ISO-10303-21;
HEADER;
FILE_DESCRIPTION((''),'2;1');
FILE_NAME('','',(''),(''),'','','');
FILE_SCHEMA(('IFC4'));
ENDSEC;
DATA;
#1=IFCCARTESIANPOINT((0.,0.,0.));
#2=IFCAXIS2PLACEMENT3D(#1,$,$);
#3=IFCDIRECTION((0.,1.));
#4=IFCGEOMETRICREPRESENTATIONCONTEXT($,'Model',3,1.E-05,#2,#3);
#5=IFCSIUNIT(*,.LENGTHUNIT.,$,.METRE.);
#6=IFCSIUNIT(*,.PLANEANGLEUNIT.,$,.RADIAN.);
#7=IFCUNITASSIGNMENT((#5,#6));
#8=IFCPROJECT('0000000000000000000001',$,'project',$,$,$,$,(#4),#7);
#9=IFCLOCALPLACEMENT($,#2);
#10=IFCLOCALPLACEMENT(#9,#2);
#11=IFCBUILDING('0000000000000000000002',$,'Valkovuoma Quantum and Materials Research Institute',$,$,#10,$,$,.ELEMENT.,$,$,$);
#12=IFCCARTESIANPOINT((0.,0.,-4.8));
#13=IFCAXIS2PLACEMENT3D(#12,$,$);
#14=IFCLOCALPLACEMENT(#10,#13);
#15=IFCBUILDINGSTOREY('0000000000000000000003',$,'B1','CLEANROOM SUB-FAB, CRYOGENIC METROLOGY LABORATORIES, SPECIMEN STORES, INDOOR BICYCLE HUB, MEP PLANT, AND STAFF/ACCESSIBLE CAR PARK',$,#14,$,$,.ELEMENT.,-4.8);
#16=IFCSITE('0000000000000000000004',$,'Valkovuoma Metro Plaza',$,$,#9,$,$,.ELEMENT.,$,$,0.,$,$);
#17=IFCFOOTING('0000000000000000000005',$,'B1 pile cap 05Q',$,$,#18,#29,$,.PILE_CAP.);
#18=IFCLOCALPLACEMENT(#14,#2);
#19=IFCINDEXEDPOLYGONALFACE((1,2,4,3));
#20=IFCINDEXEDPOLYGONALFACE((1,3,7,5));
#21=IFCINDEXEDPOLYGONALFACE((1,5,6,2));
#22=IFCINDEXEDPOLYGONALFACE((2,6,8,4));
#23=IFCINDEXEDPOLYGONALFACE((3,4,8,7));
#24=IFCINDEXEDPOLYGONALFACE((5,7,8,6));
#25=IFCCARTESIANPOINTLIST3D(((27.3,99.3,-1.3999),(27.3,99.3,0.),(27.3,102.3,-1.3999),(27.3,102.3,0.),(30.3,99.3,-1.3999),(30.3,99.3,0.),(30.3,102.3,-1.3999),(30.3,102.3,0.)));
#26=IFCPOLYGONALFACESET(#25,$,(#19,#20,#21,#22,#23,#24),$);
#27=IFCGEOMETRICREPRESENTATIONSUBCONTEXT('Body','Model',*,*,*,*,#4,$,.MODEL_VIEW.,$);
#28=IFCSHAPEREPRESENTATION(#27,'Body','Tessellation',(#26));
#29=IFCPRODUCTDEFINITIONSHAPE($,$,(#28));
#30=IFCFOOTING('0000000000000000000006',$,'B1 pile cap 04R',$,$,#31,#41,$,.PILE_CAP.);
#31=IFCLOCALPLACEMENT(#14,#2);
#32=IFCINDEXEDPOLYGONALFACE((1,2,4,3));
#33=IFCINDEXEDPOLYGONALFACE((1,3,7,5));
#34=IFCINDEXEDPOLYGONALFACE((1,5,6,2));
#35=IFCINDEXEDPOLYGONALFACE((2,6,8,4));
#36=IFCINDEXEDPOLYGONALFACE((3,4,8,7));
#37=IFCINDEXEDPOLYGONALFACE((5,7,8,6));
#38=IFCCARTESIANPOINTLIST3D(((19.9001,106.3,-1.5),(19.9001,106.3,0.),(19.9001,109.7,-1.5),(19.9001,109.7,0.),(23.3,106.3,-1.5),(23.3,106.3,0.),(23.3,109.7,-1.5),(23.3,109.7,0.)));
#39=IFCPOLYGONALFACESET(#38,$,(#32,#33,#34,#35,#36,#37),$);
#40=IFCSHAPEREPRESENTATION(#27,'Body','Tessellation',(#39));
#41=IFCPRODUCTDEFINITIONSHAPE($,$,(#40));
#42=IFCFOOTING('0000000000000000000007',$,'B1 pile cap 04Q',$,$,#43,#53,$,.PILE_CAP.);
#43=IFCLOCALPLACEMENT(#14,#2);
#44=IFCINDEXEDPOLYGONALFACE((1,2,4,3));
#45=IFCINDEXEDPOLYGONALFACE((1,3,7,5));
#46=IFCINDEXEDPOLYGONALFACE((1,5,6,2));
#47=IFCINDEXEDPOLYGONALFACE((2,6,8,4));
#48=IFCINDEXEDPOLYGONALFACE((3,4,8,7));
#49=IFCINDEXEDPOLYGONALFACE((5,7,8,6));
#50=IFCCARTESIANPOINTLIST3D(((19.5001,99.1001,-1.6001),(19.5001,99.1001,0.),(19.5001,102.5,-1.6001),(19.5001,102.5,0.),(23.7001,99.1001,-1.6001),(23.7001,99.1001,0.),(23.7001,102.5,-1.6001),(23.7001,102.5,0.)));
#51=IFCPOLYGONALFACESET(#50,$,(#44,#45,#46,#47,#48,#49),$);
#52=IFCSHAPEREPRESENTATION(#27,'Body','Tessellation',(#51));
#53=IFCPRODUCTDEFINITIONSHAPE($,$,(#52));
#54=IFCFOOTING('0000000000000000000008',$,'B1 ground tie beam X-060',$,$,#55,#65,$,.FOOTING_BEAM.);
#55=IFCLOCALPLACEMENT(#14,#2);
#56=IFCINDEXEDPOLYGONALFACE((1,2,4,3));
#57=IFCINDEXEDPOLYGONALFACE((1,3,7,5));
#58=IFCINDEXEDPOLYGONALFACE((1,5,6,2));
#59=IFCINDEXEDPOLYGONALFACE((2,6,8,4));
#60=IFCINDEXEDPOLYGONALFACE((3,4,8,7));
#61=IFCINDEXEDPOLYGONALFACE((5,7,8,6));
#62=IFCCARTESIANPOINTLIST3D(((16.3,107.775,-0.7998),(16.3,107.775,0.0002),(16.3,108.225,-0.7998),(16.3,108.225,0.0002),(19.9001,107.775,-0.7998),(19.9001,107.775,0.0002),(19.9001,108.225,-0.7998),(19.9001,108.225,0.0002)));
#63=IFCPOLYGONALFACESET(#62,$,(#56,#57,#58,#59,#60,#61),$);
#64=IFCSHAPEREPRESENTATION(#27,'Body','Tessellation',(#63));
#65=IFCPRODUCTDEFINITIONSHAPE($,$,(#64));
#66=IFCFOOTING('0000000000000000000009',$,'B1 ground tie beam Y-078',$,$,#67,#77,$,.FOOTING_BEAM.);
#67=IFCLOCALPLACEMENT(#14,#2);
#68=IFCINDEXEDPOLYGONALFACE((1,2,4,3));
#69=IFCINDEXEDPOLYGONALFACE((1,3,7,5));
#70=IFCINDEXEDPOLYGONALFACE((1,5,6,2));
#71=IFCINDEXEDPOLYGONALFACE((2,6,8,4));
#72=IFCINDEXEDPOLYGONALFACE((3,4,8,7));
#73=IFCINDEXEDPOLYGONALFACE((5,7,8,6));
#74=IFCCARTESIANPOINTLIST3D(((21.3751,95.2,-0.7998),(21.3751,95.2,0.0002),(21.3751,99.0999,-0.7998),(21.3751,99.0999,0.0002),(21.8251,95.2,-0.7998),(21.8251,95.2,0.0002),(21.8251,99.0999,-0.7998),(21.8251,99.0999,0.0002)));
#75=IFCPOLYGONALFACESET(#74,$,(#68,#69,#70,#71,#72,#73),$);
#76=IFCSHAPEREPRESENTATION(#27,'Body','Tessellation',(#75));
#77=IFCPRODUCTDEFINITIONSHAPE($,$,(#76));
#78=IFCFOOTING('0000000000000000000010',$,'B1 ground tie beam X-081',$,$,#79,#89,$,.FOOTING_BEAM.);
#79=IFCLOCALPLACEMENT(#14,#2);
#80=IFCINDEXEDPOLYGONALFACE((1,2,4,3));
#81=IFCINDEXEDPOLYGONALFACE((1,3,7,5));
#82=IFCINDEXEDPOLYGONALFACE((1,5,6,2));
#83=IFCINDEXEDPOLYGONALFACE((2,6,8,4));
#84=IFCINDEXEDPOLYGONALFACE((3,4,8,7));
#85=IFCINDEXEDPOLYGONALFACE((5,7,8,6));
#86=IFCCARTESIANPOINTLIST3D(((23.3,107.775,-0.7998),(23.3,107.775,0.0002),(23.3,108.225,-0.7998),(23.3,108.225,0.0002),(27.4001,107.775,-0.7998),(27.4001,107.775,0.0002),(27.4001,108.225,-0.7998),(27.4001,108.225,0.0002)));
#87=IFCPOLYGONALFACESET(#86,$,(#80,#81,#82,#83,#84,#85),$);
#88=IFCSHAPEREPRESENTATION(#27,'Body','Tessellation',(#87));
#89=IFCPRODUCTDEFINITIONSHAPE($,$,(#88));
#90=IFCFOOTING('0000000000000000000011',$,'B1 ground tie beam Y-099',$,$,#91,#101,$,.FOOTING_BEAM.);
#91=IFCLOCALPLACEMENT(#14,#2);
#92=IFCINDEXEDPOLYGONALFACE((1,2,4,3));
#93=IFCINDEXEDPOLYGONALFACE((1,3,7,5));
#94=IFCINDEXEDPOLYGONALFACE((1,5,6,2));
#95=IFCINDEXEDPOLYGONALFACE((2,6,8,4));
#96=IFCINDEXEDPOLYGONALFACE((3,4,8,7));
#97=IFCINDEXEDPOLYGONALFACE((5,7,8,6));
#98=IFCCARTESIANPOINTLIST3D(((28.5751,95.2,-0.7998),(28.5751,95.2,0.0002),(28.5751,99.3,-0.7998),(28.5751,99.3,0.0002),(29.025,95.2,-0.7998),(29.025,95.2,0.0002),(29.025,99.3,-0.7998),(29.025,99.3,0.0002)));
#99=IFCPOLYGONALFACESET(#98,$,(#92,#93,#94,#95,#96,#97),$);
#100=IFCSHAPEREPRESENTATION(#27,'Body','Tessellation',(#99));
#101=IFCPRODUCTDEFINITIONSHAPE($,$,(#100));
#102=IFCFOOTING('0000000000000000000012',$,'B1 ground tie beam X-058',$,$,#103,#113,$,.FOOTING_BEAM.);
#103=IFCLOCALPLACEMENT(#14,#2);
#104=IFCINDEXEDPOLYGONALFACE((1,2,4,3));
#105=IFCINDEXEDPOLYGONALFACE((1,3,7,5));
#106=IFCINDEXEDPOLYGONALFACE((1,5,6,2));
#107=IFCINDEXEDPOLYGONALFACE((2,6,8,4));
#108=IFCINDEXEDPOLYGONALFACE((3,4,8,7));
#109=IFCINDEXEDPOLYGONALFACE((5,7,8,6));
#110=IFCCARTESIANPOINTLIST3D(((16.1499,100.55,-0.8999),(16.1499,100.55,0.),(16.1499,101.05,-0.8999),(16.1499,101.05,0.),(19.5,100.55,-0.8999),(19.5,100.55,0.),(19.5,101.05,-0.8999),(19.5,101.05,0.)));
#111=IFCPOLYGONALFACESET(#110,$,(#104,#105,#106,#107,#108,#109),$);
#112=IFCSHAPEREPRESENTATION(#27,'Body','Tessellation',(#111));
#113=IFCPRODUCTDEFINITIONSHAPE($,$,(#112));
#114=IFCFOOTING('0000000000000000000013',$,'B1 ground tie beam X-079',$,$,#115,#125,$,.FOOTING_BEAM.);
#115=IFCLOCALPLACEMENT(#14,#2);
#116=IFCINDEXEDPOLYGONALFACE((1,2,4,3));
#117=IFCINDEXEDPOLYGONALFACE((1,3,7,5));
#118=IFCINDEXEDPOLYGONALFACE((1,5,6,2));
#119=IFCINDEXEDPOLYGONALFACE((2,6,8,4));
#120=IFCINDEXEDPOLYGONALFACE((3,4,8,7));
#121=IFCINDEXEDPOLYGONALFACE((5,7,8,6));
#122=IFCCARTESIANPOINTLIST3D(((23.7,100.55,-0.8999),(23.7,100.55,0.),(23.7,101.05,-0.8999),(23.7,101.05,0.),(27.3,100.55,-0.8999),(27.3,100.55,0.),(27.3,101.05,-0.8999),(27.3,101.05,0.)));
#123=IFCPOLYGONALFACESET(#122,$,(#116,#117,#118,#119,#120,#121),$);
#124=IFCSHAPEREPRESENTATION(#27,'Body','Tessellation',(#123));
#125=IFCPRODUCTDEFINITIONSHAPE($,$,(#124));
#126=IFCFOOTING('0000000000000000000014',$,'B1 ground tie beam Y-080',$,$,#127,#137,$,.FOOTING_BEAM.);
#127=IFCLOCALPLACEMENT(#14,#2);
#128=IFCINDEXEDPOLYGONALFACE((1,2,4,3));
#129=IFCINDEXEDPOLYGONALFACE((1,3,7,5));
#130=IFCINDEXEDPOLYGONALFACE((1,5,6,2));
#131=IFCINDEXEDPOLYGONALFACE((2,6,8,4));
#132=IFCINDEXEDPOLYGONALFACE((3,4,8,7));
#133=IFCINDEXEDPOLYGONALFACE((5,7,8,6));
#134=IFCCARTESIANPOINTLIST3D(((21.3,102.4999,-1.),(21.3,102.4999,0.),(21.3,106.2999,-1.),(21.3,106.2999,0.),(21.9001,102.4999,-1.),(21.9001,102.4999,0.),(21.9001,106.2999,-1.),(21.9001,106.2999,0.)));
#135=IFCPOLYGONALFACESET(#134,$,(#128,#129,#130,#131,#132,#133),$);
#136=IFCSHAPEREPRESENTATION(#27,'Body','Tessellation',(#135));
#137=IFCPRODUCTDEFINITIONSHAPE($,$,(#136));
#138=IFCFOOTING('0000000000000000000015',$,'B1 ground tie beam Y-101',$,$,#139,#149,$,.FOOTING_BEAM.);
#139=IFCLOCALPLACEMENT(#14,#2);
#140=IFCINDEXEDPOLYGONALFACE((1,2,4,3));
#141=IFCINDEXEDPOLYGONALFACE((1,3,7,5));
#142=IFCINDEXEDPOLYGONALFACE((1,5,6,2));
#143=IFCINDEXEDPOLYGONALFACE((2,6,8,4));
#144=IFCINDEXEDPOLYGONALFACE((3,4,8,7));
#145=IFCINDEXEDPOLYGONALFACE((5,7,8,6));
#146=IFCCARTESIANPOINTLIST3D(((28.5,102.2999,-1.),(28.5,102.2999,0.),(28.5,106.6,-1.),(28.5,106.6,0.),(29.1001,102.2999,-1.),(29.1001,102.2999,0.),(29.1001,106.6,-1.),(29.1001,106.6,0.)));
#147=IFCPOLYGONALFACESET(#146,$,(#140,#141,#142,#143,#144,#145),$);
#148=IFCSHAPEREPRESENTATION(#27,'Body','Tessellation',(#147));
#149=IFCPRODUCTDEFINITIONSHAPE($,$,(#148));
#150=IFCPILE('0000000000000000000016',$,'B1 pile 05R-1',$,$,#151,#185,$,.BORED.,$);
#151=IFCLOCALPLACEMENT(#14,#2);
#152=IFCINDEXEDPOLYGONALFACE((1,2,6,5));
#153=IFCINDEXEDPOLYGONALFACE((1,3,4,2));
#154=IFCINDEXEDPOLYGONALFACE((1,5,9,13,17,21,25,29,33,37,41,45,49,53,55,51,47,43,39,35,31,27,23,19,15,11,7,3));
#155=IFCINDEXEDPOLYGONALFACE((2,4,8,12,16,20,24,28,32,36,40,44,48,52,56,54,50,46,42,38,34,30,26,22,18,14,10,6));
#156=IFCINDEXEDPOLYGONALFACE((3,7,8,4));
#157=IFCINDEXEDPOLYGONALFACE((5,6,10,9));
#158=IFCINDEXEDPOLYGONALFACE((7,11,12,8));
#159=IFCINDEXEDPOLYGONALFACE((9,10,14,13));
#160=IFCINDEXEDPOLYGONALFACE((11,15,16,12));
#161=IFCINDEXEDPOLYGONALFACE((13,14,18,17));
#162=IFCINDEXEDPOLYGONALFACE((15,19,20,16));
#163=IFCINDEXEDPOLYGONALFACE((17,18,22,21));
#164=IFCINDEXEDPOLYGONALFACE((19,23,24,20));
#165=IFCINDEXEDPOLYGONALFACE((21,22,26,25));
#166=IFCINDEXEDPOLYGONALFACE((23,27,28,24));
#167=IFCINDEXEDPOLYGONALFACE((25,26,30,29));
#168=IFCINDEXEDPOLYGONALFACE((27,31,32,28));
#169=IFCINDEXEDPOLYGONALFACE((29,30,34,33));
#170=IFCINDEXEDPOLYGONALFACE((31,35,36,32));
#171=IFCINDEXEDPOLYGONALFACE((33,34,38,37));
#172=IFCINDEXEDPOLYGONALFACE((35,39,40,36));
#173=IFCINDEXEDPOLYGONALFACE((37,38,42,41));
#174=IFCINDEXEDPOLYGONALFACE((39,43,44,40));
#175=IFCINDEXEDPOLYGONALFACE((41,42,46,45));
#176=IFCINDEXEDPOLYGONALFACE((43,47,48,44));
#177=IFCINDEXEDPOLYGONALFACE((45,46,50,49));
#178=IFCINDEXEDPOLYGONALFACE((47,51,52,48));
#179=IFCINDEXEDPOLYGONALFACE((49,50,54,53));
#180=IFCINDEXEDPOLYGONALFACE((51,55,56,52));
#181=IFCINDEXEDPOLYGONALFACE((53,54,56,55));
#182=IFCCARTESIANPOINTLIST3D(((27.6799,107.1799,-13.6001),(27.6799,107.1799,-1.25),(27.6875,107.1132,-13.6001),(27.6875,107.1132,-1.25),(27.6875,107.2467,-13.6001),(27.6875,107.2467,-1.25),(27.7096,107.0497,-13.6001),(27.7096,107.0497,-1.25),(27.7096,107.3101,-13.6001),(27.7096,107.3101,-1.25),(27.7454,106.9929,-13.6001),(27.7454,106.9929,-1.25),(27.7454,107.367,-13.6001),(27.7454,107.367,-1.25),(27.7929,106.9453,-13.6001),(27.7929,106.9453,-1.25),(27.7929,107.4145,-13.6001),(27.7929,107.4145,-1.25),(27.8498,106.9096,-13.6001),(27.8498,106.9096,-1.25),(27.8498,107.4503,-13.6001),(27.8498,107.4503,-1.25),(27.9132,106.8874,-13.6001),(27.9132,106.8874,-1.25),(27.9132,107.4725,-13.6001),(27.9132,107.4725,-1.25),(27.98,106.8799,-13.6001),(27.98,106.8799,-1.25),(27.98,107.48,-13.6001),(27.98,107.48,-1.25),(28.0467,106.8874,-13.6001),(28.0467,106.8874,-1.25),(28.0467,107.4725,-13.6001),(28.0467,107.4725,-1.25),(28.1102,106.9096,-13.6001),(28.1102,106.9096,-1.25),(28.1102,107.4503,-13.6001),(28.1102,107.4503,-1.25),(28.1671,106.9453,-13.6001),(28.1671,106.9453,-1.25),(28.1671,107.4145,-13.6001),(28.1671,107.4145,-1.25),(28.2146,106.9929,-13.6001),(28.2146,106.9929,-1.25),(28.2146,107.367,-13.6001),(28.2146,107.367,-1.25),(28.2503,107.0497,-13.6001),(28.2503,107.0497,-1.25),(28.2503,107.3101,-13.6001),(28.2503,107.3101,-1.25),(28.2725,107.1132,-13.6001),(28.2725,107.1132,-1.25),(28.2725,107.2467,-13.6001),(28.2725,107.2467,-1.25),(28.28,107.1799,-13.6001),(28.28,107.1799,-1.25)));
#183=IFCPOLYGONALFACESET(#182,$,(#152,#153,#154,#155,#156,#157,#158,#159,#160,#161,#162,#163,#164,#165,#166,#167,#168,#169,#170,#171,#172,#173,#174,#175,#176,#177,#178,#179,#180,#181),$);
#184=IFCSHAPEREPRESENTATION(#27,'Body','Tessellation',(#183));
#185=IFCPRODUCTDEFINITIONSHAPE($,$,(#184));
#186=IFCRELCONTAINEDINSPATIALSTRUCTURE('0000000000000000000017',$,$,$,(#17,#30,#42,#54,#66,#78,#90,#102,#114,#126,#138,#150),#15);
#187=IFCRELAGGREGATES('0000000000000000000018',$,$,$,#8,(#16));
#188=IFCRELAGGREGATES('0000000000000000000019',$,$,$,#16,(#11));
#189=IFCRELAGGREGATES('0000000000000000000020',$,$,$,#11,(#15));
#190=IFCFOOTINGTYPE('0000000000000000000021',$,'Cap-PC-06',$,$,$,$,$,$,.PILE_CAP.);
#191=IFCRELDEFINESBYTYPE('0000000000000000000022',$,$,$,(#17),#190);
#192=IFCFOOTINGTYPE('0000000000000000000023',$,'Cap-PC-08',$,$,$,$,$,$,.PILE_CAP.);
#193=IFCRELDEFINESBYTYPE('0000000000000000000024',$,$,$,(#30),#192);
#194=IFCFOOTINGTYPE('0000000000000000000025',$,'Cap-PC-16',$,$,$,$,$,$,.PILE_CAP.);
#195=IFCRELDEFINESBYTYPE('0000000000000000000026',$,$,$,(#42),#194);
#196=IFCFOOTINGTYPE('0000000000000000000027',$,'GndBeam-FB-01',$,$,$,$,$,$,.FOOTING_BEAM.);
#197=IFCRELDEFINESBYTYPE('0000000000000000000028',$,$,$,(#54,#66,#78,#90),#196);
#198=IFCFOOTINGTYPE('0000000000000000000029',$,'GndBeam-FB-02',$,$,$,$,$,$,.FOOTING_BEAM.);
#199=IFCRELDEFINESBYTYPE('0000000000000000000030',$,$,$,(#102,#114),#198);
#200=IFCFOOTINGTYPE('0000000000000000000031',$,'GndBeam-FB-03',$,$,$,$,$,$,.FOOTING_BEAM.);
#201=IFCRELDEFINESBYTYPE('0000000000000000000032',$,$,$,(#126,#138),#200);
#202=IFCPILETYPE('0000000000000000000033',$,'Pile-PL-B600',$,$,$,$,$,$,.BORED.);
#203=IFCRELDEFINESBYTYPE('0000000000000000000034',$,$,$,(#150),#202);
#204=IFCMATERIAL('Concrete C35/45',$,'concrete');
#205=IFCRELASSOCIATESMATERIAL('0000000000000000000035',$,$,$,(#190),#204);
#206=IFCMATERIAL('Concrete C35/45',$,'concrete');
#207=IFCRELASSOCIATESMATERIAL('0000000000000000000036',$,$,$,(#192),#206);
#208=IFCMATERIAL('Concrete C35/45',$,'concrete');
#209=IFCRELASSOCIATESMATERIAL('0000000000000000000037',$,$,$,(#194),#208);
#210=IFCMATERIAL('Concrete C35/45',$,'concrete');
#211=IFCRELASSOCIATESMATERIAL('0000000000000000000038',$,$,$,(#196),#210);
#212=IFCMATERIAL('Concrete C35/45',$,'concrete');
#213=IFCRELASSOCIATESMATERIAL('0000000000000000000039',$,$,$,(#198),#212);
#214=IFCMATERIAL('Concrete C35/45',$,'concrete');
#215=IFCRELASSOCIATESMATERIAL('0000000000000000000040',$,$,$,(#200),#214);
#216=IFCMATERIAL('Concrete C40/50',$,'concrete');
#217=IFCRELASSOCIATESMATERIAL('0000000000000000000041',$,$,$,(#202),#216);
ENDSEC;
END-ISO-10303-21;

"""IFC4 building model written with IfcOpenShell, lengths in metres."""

from ifc_helpers import new_model, si_unit, direction, frame, origin, origin_2d, place, context, subcontext, project, spatial, rectangle, circle, extrude, material, material_profile, profile_set, type_object, element, save


model = new_model("IFC4")

# Units and contexts
model_context = context("Model", 3, precision=1e-05, world=origin(), true_north=direction((0.0, 1.0)))
body_context = subcontext(model_context, "Body", "Model", "MODEL_VIEW")
ifc_project = project(units=[si_unit("LENGTHUNIT", "METRE"), si_unit("PLANEANGLEUNIT", "RADIAN")], contexts=[model_context])

# Site, building, storey
site_placement = place(None, origin())
site = spatial("IfcSite", under=ifc_project, at=site_placement, Name="Valkovuoma Metro Plaza", CompositionType="ELEMENT", RefElevation=0.0)
building_placement = place(site_placement, origin())
building = spatial("IfcBuilding", under=site, at=building_placement, Name="Valkovuoma Quantum and Materials Research Institute", CompositionType="ELEMENT")
storey_placement = place(building_placement, frame((0.0, 0.0, -4.8)))
storey = spatial("IfcBuildingStorey", under=building, at=storey_placement, Name="B1", Description="CLEANROOM SUB-FAB, CRYOGENIC METROLOGY LABORATORIES, SPECIMEN STORES, INDOOR BICYCLE HUB, MEP PLANT, AND STAFF/ACCESSIBLE CAR PARK", CompositionType="ELEMENT", Elevation=-4.8)

# Footings
ifc_material_1 = material(Name="Concrete C35/45", Category="concrete")
footing_type_1 = type_object("IfcFootingType", Name="Cap-PC-06", PredefinedType="PILE_CAP", material=ifc_material_1)
footing_1_placement = place(storey_placement, frame((28.8, 100.8, -1.3999), z_axis=(0.0, 0.0, 1.0), x_axis=(1.0, 0.0, 0.0)))
element("IfcFooting", 1, at=footing_1_placement, inside=storey, type_object=footing_type_1, Name="B1 pile cap 05Q", PredefinedType="PILE_CAP", context=body_context, shape_type="SweptSolid", body=[
    extrude(rectangle(XDim=3.0, YDim=3.0, at=origin_2d()), origin(), (0.0, 0.0, 1.0), 1.3999),
])
ifc_material_2 = material(Name="Concrete C35/45", Category="concrete")
footing_type_2 = type_object("IfcFootingType", Name="Cap-PC-08", PredefinedType="PILE_CAP", material=ifc_material_2)
footing_2_placement = place(storey_placement, frame((21.6001, 108.0, -1.5), z_axis=(0.0, 0.0, 1.0), x_axis=(1.0, 0.0, 0.0)))
element("IfcFooting", 2, at=footing_2_placement, inside=storey, type_object=footing_type_2, Name="B1 pile cap 04R", PredefinedType="PILE_CAP", context=body_context, shape_type="SweptSolid", body=[
    extrude(rectangle(XDim=3.3999, YDim=3.3999, at=origin_2d()), origin(), (0.0, 0.0, 1.0), 1.5),
])
ifc_material_3 = material(Name="Concrete C35/45", Category="concrete")
footing_type_3 = type_object("IfcFootingType", Name="Cap-PC-16", PredefinedType="PILE_CAP", material=ifc_material_3)
footing_3_placement = place(storey_placement, frame((21.6001, 100.8, -1.6001), z_axis=(0.0, 0.0, 1.0), x_axis=(1.0, 0.0, 0.0)))
element("IfcFooting", 3, at=footing_3_placement, inside=storey, type_object=footing_type_3, Name="B1 pile cap 04Q", PredefinedType="PILE_CAP", context=body_context, shape_type="SweptSolid", body=[
    extrude(rectangle(XDim=4.2, YDim=3.3999, at=origin_2d()), origin(), (0.0, 0.0, 1.0), 1.6001),
])
ifc_material_4 = material(Name="Concrete C35/45", Category="concrete")
footing_type_4 = type_object("IfcFootingType", Name="GndBeam-FB-01", PredefinedType="FOOTING_BEAM", material=ifc_material_4)
footing_4_placement = place(storey_placement, frame((18.1001, 108.0, -0.7998), z_axis=(0.0, 0.0, 1.0), x_axis=(1.0, 0.0, 0.0)))
element("IfcFooting", 4, at=footing_4_placement, inside=storey, type_object=footing_type_4, Name="B1 ground tie beam X-060", PredefinedType="FOOTING_BEAM", context=body_context, shape_type="SweptSolid", body=[
    extrude(rectangle(XDim=3.6001, YDim=0.45, at=origin_2d()), origin(), (0.0, 0.0, 1.0), 0.8),
])
footing_5_placement = place(storey_placement, frame((21.6001, 97.1499, -0.7998), z_axis=(0.0, 0.0, 1.0), x_axis=(0.0, 1.0, 0.0)))
element("IfcFooting", 5, at=footing_5_placement, inside=storey, type_object=footing_type_4, Name="B1 ground tie beam Y-078", PredefinedType="FOOTING_BEAM", context=body_context, shape_type="SweptSolid", body=[
    extrude(rectangle(XDim=3.8999, YDim=0.45, at=origin_2d()), origin(), (0.0, 0.0, 1.0), 0.8),
])
for number, where, z_axis, x_axis, name in (
    (6, (25.3501, 108.0, -0.7998), (0.0, 0.0, 1.0), (1.0, 0.0, 0.0), "B1 ground tie beam X-081"),
    (7, (28.8, 97.25, -0.7998), (0.0, 0.0, 1.0), (0.0, 1.0, 0.0), "B1 ground tie beam Y-099"),
):
    element("IfcFooting", number, at=place(storey_placement, frame(where, z_axis=z_axis, x_axis=x_axis)), inside=storey, type_object=footing_type_4, Name=name, PredefinedType="FOOTING_BEAM", context=body_context, shape_type="SweptSolid", body=[
        extrude(rectangle(XDim=4.1001, YDim=0.45, at=origin_2d()), origin(), (0.0, 0.0, 1.0), 0.8),
    ])
ifc_material_5 = material(Name="Concrete C35/45", Category="concrete")
footing_type_5 = type_object("IfcFootingType", Name="GndBeam-FB-02", PredefinedType="FOOTING_BEAM", material=ifc_material_5)
footing_6_placement = place(storey_placement, frame((17.825, 100.8, -0.8999), z_axis=(0.0, 0.0, 1.0), x_axis=(1.0, 0.0, 0.0)))
element("IfcFooting", 8, at=footing_6_placement, inside=storey, type_object=footing_type_5, Name="B1 ground tie beam X-058", PredefinedType="FOOTING_BEAM", context=body_context, shape_type="SweptSolid", body=[
    extrude(rectangle(XDim=3.3501, YDim=0.5, at=origin_2d()), origin(), (0.0, 0.0, 1.0), 0.8999),
])
footing_7_placement = place(storey_placement, frame((25.5, 100.8, -0.8999), z_axis=(0.0, 0.0, 1.0), x_axis=(1.0, 0.0, 0.0)))
element("IfcFooting", 9, at=footing_7_placement, inside=storey, type_object=footing_type_5, Name="B1 ground tie beam X-079", PredefinedType="FOOTING_BEAM", context=body_context, shape_type="SweptSolid", body=[
    extrude(rectangle(XDim=3.6001, YDim=0.5, at=origin_2d()), origin(), (0.0, 0.0, 1.0), 0.8999),
])
ifc_material_6 = material(Name="Concrete C35/45", Category="concrete")
footing_type_6 = type_object("IfcFootingType", Name="GndBeam-FB-03", PredefinedType="FOOTING_BEAM", material=ifc_material_6)
footing_8_placement = place(storey_placement, frame((21.6001, 104.3999, -1.0), z_axis=(0.0, 0.0, 1.0), x_axis=(0.0, 1.0, 0.0)))
element("IfcFooting", 10, at=footing_8_placement, inside=storey, type_object=footing_type_6, Name="B1 ground tie beam Y-080", PredefinedType="FOOTING_BEAM", context=body_context, shape_type="SweptSolid", body=[
    extrude(rectangle(XDim=3.8, YDim=0.6001, at=origin_2d()), origin(), (0.0, 0.0, 1.0), 1.0),
])
footing_9_placement = place(storey_placement, frame((28.8, 104.45, -1.0), z_axis=(0.0, 0.0, 1.0), x_axis=(0.0, 1.0, 0.0)))
element("IfcFooting", 11, at=footing_9_placement, inside=storey, type_object=footing_type_6, Name="B1 ground tie beam Y-101", PredefinedType="FOOTING_BEAM", context=body_context, shape_type="SweptSolid", body=[
    extrude(rectangle(XDim=4.3, YDim=0.6001, at=origin_2d()), origin(), (0.0, 0.0, 1.0), 1.0),
])

# Pile
ifc_material_7 = material(Name="Concrete C40/50", Category="concrete")
ifc_material_profile_1 = material_profile(ifc_material_7, circle(Radius=0.3, at=origin_2d()), Name="Concrete C40/50")
ifc_profile_set_1 = profile_set([ifc_material_profile_1], Name="Concrete C40/50")
pile_type_1 = type_object("IfcPileType", Name="Pile-PL-B600", PredefinedType="BORED", material=ifc_profile_set_1)
for number, where, z_axis, x_axis, name in (
    (12, (27.98, 107.1799, -1.25), (0.0, 0.0, -1.0), (1.0, 0.0, 0.0), "B1 pile 05R-1"),
):
    element("IfcPile", number, at=place(storey_placement, frame(where, z_axis=z_axis, x_axis=x_axis)), inside=storey, type_object=pile_type_1, Name=name, PredefinedType="BORED", context=body_context, shape_type="SweptSolid", body=[
        extrude(circle(Radius=0.3, at=origin_2d()), origin(), (0.0, 0.0, 1.0), 12.3501),
    ])

save(model, "model.ifc")
